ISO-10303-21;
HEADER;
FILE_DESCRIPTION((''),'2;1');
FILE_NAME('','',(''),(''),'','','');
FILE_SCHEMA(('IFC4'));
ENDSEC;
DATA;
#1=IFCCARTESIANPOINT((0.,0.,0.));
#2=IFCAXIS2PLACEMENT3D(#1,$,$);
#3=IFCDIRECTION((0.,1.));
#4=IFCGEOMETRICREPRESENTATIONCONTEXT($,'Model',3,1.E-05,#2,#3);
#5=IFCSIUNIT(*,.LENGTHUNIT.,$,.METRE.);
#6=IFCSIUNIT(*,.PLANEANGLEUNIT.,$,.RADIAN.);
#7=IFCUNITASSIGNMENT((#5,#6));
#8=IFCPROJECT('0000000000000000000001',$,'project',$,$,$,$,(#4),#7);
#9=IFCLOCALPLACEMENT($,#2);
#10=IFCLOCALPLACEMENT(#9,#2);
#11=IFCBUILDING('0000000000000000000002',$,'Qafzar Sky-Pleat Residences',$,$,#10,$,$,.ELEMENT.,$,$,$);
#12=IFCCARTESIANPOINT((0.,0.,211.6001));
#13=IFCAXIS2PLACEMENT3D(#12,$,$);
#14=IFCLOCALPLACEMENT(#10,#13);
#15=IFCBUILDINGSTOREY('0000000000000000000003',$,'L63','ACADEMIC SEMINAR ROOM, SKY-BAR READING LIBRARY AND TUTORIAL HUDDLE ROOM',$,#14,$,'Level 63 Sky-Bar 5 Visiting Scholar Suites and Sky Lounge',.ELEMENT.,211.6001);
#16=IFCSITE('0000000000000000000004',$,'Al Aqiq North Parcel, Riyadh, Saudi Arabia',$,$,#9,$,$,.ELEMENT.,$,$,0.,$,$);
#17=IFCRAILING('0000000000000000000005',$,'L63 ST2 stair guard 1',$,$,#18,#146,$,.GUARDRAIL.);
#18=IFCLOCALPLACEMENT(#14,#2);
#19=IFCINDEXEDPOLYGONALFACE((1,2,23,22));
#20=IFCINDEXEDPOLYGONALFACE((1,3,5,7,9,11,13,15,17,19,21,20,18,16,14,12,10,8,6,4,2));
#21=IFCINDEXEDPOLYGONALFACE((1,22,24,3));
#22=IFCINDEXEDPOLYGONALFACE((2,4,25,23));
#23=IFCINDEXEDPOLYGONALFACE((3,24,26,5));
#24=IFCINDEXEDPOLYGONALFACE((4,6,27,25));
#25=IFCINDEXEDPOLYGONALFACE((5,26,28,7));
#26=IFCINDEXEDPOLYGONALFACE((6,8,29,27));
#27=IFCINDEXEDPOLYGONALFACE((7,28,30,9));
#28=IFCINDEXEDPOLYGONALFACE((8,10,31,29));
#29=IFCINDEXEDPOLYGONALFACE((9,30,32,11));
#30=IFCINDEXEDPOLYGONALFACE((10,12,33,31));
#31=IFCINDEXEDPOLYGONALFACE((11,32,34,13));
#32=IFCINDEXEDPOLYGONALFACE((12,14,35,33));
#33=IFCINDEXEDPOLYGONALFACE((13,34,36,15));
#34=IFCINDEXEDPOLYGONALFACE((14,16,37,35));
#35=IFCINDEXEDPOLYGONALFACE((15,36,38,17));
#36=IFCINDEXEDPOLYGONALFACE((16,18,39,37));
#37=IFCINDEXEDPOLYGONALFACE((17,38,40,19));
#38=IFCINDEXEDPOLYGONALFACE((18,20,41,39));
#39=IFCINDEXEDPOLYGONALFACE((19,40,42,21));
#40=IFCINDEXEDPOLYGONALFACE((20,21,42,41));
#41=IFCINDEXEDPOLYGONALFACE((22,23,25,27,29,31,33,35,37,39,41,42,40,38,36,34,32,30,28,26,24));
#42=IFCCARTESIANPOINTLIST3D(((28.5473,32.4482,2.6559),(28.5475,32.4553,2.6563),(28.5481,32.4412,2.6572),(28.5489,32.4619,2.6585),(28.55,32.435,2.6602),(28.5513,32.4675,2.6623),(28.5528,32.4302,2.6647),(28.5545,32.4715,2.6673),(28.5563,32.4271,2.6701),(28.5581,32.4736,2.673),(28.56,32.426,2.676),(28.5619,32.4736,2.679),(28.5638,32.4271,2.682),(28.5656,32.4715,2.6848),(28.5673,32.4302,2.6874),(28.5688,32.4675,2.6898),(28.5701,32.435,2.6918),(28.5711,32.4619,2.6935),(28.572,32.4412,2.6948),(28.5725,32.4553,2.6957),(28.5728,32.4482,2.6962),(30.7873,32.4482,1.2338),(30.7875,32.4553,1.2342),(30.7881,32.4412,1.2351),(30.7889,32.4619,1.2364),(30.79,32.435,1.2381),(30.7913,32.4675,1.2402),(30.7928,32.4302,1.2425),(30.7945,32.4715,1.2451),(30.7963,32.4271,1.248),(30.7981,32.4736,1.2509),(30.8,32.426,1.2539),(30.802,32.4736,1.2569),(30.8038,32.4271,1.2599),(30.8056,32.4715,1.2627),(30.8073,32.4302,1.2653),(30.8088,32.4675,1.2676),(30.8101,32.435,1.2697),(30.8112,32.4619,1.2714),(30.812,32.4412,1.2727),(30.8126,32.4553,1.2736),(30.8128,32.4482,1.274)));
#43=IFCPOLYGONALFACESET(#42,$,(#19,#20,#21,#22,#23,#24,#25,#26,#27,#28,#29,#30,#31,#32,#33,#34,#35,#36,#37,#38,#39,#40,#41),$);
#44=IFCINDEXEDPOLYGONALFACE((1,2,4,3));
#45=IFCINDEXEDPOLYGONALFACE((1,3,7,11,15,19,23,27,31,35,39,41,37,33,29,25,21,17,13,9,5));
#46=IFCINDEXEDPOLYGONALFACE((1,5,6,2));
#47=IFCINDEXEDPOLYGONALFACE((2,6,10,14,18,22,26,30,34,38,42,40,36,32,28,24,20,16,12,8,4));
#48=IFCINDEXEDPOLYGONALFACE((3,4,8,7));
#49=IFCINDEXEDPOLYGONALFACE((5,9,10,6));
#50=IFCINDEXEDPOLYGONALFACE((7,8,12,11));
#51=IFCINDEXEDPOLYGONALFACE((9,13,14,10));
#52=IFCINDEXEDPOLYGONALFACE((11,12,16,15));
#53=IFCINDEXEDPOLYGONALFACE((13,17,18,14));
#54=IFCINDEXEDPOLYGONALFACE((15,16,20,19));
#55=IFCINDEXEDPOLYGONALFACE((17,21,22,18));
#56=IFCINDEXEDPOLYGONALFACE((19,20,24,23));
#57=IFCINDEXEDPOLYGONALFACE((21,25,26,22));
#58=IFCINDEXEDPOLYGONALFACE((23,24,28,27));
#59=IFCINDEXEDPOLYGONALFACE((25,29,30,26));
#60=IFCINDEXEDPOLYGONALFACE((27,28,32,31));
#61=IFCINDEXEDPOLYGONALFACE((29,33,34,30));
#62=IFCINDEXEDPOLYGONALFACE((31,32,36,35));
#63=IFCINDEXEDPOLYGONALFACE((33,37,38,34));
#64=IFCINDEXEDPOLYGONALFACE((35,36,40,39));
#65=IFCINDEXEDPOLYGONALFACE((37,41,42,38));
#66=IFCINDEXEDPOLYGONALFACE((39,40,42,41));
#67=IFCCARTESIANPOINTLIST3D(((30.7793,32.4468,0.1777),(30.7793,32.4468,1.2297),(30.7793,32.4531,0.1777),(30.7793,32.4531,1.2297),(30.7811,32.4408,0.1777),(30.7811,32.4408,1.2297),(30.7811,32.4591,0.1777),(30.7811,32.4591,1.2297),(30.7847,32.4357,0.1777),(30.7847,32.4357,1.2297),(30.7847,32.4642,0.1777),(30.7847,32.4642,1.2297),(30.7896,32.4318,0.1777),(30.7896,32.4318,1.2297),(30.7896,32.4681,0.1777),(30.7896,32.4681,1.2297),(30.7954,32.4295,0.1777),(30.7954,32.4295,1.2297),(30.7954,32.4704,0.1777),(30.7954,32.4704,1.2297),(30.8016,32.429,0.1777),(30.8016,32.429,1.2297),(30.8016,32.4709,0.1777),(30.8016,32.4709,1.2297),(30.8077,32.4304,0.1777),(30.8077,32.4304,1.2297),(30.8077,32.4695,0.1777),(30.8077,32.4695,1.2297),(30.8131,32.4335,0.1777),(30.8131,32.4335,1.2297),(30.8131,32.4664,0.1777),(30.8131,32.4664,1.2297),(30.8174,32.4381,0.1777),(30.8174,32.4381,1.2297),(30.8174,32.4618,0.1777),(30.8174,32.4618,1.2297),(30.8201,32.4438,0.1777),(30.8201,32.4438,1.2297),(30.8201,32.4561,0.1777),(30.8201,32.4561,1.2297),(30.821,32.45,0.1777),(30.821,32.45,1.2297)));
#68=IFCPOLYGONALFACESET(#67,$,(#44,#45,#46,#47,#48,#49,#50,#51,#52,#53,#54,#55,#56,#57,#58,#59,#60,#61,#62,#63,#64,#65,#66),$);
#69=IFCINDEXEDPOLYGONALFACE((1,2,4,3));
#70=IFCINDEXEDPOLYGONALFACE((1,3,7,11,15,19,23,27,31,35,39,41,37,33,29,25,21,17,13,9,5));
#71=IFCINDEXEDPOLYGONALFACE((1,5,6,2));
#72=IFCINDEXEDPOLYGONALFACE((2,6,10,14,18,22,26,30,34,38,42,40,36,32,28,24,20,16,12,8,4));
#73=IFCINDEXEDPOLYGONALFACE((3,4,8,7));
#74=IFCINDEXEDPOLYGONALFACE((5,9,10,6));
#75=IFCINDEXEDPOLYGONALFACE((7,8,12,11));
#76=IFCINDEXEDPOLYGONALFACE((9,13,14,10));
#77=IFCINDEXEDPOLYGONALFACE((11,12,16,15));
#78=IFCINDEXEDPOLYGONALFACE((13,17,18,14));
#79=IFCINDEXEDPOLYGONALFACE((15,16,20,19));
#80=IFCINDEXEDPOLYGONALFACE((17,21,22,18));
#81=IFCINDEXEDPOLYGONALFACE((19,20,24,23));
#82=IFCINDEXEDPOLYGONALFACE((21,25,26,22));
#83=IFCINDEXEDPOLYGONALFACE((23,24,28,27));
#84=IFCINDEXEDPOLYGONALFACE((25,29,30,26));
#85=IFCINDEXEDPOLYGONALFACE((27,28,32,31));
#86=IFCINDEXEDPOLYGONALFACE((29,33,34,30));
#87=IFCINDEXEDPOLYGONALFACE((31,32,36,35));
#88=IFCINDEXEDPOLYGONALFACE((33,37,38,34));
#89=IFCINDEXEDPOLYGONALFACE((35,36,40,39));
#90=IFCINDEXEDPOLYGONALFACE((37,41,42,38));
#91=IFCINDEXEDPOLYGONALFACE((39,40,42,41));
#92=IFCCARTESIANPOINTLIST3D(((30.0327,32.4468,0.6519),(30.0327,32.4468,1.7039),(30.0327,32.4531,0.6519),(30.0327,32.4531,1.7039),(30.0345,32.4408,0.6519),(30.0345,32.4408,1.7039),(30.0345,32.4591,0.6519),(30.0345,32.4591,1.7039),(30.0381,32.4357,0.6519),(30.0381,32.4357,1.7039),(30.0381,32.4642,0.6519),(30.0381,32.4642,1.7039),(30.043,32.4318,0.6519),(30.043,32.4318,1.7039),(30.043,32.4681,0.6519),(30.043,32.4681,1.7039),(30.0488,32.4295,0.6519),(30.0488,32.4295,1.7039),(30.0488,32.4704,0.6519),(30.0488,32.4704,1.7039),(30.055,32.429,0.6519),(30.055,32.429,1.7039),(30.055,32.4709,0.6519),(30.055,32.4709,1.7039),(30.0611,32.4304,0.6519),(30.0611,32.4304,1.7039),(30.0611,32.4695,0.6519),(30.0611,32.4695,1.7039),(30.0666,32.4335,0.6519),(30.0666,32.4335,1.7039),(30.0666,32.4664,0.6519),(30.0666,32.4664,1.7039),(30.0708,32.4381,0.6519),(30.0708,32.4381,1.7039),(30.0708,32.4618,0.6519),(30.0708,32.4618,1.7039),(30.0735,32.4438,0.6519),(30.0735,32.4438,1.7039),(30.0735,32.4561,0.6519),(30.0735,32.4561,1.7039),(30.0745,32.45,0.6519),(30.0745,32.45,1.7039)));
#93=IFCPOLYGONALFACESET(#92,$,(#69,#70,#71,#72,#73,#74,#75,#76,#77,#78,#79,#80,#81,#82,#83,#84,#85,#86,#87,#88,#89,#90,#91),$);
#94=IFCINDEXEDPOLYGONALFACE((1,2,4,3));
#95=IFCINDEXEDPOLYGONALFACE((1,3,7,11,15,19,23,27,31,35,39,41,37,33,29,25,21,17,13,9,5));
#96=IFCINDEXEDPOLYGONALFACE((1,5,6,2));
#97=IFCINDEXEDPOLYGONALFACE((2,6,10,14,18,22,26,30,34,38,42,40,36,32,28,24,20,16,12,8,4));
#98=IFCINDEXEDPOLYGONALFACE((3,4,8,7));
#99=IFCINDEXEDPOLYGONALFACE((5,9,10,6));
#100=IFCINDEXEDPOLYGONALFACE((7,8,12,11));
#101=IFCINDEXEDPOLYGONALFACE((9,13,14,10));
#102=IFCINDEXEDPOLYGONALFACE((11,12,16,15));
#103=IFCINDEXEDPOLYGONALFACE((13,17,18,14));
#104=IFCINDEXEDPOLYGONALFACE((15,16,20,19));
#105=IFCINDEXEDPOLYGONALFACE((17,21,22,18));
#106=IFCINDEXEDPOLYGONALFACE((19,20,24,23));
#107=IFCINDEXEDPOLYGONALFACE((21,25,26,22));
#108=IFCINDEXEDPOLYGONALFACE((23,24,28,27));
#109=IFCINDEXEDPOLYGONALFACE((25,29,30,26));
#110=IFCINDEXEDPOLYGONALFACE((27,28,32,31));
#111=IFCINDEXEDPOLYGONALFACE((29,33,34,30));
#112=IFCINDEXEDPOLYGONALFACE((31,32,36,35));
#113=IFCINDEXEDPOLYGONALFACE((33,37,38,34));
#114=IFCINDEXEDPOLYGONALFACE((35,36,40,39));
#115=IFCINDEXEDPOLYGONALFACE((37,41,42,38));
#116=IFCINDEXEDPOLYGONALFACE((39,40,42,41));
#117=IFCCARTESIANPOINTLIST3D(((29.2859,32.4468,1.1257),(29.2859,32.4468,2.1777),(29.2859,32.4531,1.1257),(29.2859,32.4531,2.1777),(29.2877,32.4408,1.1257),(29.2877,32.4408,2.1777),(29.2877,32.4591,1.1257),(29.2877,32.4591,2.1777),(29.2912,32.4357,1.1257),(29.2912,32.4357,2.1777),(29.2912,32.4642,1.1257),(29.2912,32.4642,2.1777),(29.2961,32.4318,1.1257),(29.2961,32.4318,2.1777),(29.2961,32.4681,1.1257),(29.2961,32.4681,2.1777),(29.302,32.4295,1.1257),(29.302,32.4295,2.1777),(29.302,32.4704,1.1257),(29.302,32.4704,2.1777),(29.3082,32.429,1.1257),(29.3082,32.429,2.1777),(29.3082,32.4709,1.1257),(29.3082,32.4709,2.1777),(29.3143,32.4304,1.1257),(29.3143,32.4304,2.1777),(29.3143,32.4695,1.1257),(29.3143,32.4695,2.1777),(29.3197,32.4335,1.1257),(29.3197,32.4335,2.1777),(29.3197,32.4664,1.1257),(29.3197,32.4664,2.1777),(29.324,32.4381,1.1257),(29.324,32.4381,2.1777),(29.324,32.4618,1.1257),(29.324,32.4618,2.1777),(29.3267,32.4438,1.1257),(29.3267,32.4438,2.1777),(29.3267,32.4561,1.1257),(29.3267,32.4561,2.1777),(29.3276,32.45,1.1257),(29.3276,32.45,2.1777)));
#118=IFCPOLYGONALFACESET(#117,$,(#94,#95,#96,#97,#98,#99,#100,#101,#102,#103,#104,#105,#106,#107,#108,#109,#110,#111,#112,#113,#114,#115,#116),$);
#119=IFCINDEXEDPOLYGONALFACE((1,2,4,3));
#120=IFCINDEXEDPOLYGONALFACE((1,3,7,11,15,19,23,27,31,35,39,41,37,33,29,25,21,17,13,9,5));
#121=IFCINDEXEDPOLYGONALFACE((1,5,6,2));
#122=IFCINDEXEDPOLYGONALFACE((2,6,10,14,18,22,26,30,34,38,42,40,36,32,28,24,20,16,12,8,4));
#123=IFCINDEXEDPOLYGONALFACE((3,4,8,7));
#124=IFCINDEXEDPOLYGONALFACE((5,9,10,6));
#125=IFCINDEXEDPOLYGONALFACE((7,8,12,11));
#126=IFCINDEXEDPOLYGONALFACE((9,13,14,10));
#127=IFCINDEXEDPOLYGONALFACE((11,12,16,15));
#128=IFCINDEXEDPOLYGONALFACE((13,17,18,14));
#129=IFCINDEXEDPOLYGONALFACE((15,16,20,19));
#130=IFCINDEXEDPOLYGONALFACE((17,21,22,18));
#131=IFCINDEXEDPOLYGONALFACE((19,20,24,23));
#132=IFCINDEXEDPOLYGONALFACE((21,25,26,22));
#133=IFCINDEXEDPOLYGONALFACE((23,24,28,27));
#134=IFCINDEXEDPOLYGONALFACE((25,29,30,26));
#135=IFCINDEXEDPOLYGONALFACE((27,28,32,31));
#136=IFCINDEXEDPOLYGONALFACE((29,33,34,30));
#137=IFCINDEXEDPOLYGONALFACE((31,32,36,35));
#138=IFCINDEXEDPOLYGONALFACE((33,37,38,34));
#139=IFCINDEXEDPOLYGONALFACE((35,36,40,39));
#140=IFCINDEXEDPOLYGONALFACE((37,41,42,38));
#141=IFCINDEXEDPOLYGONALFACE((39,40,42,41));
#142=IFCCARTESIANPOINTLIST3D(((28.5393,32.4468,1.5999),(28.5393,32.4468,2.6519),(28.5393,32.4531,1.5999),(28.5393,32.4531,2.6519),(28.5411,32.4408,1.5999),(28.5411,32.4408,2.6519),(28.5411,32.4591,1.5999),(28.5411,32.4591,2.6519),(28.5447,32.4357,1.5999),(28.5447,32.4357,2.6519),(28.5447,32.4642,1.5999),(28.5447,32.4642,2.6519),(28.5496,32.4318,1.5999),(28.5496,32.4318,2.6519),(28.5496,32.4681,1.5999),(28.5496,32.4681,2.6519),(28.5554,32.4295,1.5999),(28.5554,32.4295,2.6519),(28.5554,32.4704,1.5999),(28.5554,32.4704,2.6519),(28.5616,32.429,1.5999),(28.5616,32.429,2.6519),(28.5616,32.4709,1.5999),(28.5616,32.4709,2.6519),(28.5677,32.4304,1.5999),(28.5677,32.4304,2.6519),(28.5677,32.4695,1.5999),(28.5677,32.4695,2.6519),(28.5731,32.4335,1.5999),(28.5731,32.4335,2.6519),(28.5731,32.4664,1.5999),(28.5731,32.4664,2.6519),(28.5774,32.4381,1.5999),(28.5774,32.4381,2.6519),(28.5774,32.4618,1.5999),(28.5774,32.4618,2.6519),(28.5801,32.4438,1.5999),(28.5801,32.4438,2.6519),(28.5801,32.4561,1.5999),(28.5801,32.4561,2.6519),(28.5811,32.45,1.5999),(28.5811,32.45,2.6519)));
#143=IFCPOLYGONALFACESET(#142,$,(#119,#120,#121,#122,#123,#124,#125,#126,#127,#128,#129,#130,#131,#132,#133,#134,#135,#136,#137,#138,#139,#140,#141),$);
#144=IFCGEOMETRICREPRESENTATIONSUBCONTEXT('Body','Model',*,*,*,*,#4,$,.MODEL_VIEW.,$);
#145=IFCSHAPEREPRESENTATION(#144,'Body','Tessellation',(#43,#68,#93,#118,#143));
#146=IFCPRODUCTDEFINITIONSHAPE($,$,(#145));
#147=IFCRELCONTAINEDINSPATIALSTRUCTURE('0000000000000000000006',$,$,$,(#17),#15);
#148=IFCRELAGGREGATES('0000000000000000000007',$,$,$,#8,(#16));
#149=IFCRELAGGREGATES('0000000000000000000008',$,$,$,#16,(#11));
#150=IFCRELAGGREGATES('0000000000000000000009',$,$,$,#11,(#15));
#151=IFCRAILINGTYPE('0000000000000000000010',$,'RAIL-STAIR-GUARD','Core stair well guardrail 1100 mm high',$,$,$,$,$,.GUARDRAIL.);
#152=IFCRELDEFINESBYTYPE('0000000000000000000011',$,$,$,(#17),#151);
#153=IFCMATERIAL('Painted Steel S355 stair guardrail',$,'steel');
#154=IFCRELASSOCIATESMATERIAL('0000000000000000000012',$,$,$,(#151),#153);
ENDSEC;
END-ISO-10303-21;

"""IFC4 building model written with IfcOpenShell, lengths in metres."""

from ifc_helpers import new_model, si_unit, direction, frame, origin, origin_2d, place, context, subcontext, project, spatial, circle, extrude, source, transform, mapped, material, type_object, element, save


model = new_model("IFC4")

# Units and contexts
model_context = context("Model", 3, precision=1e-05, world=origin(), true_north=direction((0.0, 1.0)))
body_context = subcontext(model_context, "Body", "Model", "MODEL_VIEW")
ifc_project = project(units=[si_unit("LENGTHUNIT", "METRE"), si_unit("PLANEANGLEUNIT", "RADIAN")], contexts=[model_context])

# Site, building, storey
site_placement = place(None, origin())
site = spatial("IfcSite", under=ifc_project, at=site_placement, Name="Al Aqiq North Parcel, Riyadh, Saudi Arabia", CompositionType="ELEMENT", RefElevation=0.0)
building_placement = place(site_placement, origin())
building = spatial("IfcBuilding", under=site, at=building_placement, Name="Qafzar Sky-Pleat Residences", CompositionType="ELEMENT")
storey_placement = place(building_placement, frame((0.0, 0.0, 211.6001)))
storey = spatial("IfcBuildingStorey", under=building, at=storey_placement, Name="L63", Description="ACADEMIC SEMINAR ROOM, SKY-BAR READING LIBRARY AND TUTORIAL HUDDLE ROOM", LongName="Level 63 Sky-Bar 5 Visiting Scholar Suites and Sky Lounge", CompositionType="ELEMENT", Elevation=211.6001)

# Railing
ifc_material_1 = material(Name="Painted Steel S355 stair guardrail", Category="steel")
railing_type_1 = type_object("IfcRailingType", Name="RAIL-STAIR-GUARD", Description="Core stair well guardrail 1100 mm high", PredefinedType="GUARDRAIL", material=ifc_material_1)
shared_shape_1 = source(origin(), body_context, "Body", "SweptSolid", [
    extrude(circle(Radius=0.0239, at=origin_2d()), frame((0.0, 0.0, 1.0762), z_axis=(-0.844229, 0.0, 0.535982), x_axis=(0.0, -1.0, 0.0)), (0.0, 0.0, 1.0), 2.6533),
    extrude(circle(Radius=0.021, at=origin_2d()), origin(), (0.0, 0.0, 1.0), 1.052),
    extrude(circle(Radius=0.021, at=origin_2d()), frame((-0.7466, 0.0, 0.4741)), (0.0, 0.0, 1.0), 1.052),
    extrude(circle(Radius=0.021, at=origin_2d()), frame((-1.4934, 0.0, 0.948)), (0.0, 0.0, 1.0), 1.052),
    extrude(circle(Radius=0.021, at=origin_2d()), frame((-2.24, 0.0, 1.4221)), (0.0, 0.0, 1.0), 1.052),
])
railing_1_placement = place(storey_placement, frame((30.8, 32.45, 0.1777)))
element("IfcRailing", 1, at=railing_1_placement, inside=storey, type_object=railing_type_1, Name="L63 ST2 stair guard 1", PredefinedType="GUARDRAIL", context=body_context, shape_type="MappedRepresentation", body=[
    mapped(shared_shape_1, transform((0.0, 0.0, 0.0), x_axis=(1.0, 0.0, 0.0), y_axis=(0.0, 1.0, 0.0), z_axis=(0.0, 0.0, 1.0), scale=1.0)),
])

save(model, "model.ifc")
